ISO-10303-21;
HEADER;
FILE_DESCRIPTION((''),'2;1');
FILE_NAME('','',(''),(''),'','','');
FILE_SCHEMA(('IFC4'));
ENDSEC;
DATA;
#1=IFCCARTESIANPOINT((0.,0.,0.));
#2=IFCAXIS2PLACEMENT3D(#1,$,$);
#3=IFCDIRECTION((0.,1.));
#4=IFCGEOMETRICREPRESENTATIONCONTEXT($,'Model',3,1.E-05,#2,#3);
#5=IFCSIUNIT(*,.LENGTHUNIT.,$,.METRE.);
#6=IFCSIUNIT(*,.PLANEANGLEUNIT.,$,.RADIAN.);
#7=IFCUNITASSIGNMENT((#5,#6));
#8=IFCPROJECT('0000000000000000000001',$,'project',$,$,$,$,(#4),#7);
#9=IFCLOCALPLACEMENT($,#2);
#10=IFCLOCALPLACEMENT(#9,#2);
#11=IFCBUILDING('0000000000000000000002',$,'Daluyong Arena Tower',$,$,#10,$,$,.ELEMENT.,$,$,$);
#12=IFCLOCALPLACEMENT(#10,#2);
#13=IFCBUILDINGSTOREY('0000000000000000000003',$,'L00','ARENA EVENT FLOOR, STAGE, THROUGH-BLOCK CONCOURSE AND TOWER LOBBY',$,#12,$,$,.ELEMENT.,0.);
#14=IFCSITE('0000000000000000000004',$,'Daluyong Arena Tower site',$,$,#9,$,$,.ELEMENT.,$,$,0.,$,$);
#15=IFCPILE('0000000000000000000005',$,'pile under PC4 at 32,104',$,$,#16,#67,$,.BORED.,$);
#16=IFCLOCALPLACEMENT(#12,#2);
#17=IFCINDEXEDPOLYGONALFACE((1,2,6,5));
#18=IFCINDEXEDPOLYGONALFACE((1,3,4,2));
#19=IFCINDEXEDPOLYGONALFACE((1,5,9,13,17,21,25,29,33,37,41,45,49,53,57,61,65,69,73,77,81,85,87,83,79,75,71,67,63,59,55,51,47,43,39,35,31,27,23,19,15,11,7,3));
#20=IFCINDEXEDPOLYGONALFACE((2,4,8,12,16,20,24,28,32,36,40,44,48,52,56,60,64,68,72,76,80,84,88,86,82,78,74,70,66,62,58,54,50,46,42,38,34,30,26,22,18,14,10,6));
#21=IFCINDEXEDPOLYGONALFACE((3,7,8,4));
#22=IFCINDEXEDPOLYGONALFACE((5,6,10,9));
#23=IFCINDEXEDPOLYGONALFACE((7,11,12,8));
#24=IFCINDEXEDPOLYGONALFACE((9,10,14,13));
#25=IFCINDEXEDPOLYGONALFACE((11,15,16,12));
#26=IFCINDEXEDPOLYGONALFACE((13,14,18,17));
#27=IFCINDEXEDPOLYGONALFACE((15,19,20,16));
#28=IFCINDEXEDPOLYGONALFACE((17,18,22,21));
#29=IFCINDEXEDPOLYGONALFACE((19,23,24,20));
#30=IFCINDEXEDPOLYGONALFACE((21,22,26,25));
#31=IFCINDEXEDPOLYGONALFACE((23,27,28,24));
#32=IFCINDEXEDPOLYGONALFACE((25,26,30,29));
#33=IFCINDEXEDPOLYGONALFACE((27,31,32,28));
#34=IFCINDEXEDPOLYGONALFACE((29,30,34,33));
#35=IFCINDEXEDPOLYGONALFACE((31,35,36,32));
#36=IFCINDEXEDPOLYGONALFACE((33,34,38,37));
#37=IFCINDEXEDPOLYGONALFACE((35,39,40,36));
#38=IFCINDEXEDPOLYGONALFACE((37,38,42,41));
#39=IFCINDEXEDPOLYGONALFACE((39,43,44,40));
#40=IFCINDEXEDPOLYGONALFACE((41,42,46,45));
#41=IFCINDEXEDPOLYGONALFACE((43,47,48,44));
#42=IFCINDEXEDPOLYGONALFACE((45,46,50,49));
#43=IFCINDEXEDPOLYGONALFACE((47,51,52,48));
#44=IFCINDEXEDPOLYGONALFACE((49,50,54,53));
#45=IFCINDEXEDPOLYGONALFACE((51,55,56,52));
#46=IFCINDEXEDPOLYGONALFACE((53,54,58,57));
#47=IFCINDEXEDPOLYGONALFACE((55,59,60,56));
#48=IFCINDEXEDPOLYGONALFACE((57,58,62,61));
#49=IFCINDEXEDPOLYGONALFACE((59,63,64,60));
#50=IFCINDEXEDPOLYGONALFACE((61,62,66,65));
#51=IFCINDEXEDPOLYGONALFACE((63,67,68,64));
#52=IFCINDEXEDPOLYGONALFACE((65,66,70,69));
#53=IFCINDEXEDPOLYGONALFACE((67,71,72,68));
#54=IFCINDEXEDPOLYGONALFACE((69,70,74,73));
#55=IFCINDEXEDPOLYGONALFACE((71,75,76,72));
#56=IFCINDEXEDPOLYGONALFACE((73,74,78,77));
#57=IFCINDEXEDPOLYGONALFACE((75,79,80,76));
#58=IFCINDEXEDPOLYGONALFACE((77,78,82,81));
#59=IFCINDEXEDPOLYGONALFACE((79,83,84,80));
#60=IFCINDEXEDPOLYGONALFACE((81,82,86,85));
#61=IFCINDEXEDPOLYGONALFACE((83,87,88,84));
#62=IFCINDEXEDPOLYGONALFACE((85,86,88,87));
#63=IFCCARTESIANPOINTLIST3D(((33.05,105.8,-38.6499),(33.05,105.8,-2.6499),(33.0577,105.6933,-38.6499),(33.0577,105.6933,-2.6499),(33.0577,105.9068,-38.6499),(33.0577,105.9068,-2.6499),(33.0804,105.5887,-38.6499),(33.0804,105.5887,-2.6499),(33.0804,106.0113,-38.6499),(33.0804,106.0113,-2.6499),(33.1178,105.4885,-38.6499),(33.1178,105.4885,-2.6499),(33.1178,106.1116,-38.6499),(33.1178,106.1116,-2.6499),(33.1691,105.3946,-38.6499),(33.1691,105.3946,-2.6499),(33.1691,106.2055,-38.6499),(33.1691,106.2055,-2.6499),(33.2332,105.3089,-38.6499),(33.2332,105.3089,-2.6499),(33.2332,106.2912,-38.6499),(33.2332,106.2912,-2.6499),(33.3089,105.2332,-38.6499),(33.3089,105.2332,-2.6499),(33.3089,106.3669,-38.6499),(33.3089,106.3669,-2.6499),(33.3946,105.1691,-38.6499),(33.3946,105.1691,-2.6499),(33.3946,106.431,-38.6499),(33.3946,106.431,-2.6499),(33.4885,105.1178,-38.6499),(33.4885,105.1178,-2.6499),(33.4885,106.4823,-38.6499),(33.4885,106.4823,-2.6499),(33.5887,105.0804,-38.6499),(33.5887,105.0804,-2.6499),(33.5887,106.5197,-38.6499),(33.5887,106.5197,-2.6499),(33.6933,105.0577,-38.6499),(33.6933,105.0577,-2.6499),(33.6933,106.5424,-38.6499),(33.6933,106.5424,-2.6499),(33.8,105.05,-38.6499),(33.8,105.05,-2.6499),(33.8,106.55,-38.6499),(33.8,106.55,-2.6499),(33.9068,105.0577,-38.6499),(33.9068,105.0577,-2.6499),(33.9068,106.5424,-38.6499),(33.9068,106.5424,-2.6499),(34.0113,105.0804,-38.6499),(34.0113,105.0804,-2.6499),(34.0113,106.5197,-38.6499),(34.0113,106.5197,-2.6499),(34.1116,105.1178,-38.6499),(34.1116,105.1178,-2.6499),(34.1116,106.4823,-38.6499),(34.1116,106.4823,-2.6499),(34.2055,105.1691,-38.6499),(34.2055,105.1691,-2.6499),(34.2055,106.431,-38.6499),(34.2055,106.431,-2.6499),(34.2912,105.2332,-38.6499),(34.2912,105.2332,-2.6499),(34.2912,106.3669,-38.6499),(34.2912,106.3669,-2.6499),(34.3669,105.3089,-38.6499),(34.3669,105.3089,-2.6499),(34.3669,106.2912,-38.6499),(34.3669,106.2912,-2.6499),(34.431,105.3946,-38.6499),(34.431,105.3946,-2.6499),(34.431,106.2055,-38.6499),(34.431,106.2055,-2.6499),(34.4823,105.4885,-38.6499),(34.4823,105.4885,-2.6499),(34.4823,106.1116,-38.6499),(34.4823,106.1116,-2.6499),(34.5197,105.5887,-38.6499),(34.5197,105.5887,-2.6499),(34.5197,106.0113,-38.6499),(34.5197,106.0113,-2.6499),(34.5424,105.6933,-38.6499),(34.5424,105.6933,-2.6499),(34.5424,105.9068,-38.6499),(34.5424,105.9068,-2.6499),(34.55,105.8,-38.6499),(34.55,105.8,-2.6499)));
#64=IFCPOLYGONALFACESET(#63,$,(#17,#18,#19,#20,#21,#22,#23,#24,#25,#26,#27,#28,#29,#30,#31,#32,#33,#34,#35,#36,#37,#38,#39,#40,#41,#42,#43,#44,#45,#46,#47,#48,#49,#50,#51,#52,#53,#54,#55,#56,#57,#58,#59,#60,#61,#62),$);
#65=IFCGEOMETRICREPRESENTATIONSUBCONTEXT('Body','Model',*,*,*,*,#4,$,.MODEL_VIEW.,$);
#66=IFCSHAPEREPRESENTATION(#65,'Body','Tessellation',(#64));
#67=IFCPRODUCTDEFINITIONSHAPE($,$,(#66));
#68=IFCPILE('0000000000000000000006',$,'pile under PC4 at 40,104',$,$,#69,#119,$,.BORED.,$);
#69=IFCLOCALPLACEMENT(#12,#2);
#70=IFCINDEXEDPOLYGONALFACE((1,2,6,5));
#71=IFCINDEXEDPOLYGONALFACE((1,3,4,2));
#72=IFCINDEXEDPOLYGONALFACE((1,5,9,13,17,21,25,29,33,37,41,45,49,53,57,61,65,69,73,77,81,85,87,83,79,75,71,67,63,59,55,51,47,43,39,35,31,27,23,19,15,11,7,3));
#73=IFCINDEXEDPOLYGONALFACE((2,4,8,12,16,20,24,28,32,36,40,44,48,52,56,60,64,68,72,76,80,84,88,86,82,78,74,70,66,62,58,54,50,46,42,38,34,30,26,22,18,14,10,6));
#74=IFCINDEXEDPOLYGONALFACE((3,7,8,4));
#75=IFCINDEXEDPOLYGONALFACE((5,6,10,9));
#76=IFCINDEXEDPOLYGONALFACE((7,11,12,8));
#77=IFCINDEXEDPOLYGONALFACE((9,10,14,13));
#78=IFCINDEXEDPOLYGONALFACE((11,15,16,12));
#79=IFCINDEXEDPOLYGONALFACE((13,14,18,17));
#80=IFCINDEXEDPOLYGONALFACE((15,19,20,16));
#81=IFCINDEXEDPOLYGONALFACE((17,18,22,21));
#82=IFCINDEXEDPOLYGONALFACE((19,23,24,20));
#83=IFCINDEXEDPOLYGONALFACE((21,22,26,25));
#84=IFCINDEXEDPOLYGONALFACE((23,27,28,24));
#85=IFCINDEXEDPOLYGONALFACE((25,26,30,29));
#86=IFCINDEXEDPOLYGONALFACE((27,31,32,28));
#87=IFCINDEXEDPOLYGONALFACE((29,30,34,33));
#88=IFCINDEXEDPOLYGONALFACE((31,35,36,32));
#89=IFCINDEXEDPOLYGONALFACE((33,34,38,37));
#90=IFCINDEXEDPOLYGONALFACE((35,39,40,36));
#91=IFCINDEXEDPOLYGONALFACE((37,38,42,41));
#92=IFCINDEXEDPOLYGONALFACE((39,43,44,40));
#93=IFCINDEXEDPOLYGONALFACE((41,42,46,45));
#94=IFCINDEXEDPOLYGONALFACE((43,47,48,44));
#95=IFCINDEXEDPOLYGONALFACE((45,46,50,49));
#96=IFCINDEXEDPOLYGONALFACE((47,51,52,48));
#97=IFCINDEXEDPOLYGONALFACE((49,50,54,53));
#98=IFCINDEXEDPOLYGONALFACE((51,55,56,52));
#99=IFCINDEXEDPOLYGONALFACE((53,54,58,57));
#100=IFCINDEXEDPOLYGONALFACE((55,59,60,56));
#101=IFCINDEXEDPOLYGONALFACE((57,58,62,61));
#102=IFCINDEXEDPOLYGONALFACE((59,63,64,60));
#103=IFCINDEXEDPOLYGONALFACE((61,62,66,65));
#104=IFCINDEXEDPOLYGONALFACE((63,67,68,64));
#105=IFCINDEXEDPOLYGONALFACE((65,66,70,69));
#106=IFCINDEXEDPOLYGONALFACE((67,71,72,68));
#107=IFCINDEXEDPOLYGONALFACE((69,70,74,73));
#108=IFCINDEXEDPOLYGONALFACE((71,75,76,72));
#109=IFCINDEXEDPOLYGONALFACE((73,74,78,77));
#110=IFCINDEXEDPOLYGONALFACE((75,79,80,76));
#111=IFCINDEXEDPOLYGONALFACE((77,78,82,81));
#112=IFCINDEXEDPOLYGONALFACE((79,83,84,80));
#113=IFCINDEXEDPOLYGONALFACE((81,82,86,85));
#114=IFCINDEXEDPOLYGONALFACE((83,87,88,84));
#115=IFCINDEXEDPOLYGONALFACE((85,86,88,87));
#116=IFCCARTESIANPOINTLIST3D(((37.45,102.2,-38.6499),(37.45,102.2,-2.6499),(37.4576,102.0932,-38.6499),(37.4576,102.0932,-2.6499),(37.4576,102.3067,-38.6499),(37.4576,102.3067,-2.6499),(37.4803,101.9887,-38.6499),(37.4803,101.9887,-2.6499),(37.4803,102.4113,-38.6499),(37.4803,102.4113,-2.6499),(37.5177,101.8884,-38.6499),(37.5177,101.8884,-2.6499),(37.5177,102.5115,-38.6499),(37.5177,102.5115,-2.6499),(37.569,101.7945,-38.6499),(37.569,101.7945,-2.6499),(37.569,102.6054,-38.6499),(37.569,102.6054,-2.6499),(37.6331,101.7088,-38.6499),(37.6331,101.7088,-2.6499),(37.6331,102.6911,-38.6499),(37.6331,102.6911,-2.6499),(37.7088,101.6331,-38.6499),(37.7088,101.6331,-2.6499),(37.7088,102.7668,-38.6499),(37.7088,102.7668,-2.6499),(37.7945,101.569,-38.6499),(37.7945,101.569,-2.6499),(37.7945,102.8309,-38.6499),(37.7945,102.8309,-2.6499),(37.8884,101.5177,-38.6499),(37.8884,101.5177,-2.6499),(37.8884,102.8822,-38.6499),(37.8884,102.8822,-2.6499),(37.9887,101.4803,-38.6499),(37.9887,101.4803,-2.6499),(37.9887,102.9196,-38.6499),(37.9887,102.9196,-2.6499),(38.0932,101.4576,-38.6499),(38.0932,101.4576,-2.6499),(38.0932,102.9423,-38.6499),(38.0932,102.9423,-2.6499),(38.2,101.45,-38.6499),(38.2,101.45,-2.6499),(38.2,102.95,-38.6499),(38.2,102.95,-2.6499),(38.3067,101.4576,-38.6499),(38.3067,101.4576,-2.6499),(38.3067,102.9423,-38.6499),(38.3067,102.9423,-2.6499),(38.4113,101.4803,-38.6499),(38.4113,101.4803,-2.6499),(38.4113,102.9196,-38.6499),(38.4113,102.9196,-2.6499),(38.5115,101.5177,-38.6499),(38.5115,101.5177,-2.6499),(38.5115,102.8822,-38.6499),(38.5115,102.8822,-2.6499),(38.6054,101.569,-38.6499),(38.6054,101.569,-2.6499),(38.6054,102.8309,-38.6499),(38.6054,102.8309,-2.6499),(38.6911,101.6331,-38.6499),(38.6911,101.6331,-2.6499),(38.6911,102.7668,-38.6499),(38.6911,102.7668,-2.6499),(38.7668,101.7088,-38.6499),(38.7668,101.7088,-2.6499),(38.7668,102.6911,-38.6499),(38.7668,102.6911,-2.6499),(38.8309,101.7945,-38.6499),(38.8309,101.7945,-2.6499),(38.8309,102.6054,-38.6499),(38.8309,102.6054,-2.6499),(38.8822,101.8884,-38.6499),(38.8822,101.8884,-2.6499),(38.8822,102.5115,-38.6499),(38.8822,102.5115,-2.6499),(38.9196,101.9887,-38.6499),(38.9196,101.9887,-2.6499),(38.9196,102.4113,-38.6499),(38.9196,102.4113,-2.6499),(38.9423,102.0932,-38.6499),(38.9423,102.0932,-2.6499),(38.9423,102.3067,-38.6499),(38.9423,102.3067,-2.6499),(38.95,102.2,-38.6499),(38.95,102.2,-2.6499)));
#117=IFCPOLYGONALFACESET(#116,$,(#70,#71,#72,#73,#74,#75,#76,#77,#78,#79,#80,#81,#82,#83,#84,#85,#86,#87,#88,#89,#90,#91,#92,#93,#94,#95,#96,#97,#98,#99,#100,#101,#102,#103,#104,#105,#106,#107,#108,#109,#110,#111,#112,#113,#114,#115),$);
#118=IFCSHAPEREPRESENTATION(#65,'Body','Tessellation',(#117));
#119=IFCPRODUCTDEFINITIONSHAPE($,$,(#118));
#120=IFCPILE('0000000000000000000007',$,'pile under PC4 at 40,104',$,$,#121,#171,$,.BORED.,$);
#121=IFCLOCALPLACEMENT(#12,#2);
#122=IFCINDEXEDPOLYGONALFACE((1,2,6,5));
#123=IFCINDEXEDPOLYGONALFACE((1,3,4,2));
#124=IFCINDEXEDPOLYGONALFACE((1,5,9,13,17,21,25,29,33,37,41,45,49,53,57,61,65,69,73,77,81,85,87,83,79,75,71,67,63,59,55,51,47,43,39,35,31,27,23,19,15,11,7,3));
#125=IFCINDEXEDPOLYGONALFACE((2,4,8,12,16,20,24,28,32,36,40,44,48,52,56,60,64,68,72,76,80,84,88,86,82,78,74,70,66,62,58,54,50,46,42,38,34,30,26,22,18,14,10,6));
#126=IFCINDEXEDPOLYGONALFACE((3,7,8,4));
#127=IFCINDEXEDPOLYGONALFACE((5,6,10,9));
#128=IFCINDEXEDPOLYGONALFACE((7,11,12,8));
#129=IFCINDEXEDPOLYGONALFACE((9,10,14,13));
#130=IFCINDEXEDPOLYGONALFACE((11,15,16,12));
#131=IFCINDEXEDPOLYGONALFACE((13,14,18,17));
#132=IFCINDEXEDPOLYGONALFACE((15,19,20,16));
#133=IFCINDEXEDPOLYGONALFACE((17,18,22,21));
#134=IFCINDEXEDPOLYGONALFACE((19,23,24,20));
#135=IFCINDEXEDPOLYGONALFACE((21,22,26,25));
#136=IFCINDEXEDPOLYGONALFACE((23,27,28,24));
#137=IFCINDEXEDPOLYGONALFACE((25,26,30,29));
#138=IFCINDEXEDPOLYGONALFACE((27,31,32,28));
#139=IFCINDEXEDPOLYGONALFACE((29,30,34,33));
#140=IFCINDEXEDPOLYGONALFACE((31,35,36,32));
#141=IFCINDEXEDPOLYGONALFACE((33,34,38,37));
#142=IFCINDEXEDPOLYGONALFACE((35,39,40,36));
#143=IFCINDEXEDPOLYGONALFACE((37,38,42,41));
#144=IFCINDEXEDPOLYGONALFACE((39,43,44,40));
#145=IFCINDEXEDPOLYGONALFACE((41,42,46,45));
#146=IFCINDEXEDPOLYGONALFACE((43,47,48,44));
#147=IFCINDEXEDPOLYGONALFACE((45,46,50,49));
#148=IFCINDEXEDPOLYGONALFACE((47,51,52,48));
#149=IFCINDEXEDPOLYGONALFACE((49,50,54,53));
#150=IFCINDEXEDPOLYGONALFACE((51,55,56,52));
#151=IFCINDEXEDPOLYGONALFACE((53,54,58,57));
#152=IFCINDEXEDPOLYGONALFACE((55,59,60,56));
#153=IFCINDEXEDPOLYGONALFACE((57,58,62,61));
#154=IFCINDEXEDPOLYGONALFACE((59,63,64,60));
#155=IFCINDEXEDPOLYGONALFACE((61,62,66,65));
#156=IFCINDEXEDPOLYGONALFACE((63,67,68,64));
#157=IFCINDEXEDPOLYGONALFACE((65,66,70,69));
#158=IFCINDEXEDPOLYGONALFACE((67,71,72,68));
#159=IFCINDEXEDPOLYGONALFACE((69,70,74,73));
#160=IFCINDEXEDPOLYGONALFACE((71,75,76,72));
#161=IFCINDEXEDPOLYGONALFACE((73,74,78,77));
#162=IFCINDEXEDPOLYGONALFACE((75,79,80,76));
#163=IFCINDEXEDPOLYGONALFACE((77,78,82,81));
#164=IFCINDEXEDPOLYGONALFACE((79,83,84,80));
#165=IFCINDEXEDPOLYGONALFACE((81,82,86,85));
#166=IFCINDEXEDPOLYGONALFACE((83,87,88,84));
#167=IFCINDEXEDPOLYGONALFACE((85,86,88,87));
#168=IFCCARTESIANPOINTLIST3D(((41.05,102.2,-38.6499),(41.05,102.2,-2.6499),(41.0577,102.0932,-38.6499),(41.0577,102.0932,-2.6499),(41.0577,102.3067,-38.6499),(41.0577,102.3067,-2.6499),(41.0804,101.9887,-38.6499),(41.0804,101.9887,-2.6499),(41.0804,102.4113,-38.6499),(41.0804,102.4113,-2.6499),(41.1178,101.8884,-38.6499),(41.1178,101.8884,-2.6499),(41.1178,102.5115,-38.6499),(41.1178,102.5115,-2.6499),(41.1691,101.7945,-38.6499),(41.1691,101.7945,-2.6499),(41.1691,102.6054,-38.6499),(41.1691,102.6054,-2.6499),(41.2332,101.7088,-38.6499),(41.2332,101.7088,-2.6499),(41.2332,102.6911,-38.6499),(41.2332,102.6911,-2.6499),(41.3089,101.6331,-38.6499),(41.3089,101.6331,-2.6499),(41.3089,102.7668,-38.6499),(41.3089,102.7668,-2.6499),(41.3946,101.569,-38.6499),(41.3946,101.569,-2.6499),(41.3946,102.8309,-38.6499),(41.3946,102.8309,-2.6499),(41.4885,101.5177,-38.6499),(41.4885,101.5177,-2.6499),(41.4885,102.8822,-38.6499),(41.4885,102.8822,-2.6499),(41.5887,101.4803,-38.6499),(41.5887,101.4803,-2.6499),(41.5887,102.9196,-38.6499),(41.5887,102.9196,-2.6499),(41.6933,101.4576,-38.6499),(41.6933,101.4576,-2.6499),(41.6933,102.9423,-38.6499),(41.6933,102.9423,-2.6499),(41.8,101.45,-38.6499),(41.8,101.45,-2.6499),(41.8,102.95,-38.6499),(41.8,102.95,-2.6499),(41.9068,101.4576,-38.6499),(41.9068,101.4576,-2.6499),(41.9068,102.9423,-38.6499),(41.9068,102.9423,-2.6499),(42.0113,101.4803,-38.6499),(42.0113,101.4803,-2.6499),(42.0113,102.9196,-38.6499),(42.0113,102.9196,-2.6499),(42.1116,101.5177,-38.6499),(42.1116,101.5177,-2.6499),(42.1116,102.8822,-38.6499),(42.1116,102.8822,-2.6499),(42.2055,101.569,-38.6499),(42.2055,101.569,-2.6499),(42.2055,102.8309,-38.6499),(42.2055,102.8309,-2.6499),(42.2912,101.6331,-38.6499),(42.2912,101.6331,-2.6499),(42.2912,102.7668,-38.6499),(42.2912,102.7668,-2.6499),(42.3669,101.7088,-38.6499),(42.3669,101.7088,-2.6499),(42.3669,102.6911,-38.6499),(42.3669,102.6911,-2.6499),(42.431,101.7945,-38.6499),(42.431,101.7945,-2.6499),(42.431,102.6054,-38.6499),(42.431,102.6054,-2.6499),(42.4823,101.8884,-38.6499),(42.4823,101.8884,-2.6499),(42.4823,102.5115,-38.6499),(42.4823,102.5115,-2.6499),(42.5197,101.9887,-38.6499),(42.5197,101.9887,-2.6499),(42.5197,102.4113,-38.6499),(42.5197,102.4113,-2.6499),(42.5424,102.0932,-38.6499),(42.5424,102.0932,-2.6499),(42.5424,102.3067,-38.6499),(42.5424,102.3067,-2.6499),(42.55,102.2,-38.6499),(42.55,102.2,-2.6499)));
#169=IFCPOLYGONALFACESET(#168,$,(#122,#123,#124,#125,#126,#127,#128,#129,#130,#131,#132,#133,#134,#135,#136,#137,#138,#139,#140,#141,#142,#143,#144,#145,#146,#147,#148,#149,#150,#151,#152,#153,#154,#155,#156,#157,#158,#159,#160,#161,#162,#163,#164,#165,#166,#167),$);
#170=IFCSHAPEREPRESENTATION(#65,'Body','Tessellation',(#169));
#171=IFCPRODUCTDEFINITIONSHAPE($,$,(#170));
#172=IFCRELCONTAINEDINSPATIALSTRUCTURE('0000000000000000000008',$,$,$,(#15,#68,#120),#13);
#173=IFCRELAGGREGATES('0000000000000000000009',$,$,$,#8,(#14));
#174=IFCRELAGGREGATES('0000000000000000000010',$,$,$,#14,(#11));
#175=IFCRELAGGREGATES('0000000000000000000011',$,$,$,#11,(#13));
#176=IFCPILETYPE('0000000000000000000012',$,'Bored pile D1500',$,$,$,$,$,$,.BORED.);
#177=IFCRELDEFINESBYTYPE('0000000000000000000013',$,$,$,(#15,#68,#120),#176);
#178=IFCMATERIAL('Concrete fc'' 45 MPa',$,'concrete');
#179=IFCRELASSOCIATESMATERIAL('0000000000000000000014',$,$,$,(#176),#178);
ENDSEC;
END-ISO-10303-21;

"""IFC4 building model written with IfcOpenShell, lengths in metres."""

from ifc_helpers import new_model, si_unit, direction, frame, origin, origin_2d, place, context, subcontext, project, spatial, circle, extrude, material, type_object, element, save


model = new_model("IFC4")

# Units and contexts
model_context = context("Model", 3, precision=1e-05, world=origin(), true_north=direction((0.0, 1.0)))
body_context = subcontext(model_context, "Body", "Model", "MODEL_VIEW")
ifc_project = project(units=[si_unit("LENGTHUNIT", "METRE"), si_unit("PLANEANGLEUNIT", "RADIAN")], contexts=[model_context])

# Site, building, storey
site_placement = place(None, origin())
site = spatial("IfcSite", under=ifc_project, at=site_placement, Name="Daluyong Arena Tower site", CompositionType="ELEMENT", RefElevation=0.0)
building_placement = place(site_placement, origin())
building = spatial("IfcBuilding", under=site, at=building_placement, Name="Daluyong Arena Tower", CompositionType="ELEMENT")
storey_placement = place(building_placement, origin())
storey = spatial("IfcBuildingStorey", under=building, at=storey_placement, Name="L00", Description="ARENA EVENT FLOOR, STAGE, THROUGH-BLOCK CONCOURSE AND TOWER LOBBY", CompositionType="ELEMENT", Elevation=0.0)

# Piles
ifc_material_1 = material(Name="Concrete fc' 45 MPa", Category="concrete")
pile_type_1 = type_object("IfcPileType", Name="Bored pile D1500", PredefinedType="BORED", material=ifc_material_1)
for number, where, z_axis, x_axis, name in (
    (1, (33.8, 105.8, -2.6499), (0.0, 0.0, -1.0), (1.0, 0.0, 0.0), "pile under PC4 at 32,104"),
    (2, (38.2, 102.2, -2.6499), (0.0, 0.0, -1.0), (1.0, 0.0, 0.0), "pile under PC4 at 40,104"),
    (3, (41.8, 102.2, -2.6499), (0.0, 0.0, -1.0), (1.0, 0.0, 0.0), "pile under PC4 at 40,104"),
):
    element("IfcPile", number, at=place(storey_placement, frame(where, z_axis=z_axis, x_axis=x_axis)), inside=storey, type_object=pile_type_1, Name=name, PredefinedType="BORED", context=body_context, shape_type="SweptSolid", body=[
        extrude(circle(Radius=0.75, at=origin_2d()), origin(), (0.0, 0.0, 1.0), 36.0),
    ])

save(model, "model.ifc")
